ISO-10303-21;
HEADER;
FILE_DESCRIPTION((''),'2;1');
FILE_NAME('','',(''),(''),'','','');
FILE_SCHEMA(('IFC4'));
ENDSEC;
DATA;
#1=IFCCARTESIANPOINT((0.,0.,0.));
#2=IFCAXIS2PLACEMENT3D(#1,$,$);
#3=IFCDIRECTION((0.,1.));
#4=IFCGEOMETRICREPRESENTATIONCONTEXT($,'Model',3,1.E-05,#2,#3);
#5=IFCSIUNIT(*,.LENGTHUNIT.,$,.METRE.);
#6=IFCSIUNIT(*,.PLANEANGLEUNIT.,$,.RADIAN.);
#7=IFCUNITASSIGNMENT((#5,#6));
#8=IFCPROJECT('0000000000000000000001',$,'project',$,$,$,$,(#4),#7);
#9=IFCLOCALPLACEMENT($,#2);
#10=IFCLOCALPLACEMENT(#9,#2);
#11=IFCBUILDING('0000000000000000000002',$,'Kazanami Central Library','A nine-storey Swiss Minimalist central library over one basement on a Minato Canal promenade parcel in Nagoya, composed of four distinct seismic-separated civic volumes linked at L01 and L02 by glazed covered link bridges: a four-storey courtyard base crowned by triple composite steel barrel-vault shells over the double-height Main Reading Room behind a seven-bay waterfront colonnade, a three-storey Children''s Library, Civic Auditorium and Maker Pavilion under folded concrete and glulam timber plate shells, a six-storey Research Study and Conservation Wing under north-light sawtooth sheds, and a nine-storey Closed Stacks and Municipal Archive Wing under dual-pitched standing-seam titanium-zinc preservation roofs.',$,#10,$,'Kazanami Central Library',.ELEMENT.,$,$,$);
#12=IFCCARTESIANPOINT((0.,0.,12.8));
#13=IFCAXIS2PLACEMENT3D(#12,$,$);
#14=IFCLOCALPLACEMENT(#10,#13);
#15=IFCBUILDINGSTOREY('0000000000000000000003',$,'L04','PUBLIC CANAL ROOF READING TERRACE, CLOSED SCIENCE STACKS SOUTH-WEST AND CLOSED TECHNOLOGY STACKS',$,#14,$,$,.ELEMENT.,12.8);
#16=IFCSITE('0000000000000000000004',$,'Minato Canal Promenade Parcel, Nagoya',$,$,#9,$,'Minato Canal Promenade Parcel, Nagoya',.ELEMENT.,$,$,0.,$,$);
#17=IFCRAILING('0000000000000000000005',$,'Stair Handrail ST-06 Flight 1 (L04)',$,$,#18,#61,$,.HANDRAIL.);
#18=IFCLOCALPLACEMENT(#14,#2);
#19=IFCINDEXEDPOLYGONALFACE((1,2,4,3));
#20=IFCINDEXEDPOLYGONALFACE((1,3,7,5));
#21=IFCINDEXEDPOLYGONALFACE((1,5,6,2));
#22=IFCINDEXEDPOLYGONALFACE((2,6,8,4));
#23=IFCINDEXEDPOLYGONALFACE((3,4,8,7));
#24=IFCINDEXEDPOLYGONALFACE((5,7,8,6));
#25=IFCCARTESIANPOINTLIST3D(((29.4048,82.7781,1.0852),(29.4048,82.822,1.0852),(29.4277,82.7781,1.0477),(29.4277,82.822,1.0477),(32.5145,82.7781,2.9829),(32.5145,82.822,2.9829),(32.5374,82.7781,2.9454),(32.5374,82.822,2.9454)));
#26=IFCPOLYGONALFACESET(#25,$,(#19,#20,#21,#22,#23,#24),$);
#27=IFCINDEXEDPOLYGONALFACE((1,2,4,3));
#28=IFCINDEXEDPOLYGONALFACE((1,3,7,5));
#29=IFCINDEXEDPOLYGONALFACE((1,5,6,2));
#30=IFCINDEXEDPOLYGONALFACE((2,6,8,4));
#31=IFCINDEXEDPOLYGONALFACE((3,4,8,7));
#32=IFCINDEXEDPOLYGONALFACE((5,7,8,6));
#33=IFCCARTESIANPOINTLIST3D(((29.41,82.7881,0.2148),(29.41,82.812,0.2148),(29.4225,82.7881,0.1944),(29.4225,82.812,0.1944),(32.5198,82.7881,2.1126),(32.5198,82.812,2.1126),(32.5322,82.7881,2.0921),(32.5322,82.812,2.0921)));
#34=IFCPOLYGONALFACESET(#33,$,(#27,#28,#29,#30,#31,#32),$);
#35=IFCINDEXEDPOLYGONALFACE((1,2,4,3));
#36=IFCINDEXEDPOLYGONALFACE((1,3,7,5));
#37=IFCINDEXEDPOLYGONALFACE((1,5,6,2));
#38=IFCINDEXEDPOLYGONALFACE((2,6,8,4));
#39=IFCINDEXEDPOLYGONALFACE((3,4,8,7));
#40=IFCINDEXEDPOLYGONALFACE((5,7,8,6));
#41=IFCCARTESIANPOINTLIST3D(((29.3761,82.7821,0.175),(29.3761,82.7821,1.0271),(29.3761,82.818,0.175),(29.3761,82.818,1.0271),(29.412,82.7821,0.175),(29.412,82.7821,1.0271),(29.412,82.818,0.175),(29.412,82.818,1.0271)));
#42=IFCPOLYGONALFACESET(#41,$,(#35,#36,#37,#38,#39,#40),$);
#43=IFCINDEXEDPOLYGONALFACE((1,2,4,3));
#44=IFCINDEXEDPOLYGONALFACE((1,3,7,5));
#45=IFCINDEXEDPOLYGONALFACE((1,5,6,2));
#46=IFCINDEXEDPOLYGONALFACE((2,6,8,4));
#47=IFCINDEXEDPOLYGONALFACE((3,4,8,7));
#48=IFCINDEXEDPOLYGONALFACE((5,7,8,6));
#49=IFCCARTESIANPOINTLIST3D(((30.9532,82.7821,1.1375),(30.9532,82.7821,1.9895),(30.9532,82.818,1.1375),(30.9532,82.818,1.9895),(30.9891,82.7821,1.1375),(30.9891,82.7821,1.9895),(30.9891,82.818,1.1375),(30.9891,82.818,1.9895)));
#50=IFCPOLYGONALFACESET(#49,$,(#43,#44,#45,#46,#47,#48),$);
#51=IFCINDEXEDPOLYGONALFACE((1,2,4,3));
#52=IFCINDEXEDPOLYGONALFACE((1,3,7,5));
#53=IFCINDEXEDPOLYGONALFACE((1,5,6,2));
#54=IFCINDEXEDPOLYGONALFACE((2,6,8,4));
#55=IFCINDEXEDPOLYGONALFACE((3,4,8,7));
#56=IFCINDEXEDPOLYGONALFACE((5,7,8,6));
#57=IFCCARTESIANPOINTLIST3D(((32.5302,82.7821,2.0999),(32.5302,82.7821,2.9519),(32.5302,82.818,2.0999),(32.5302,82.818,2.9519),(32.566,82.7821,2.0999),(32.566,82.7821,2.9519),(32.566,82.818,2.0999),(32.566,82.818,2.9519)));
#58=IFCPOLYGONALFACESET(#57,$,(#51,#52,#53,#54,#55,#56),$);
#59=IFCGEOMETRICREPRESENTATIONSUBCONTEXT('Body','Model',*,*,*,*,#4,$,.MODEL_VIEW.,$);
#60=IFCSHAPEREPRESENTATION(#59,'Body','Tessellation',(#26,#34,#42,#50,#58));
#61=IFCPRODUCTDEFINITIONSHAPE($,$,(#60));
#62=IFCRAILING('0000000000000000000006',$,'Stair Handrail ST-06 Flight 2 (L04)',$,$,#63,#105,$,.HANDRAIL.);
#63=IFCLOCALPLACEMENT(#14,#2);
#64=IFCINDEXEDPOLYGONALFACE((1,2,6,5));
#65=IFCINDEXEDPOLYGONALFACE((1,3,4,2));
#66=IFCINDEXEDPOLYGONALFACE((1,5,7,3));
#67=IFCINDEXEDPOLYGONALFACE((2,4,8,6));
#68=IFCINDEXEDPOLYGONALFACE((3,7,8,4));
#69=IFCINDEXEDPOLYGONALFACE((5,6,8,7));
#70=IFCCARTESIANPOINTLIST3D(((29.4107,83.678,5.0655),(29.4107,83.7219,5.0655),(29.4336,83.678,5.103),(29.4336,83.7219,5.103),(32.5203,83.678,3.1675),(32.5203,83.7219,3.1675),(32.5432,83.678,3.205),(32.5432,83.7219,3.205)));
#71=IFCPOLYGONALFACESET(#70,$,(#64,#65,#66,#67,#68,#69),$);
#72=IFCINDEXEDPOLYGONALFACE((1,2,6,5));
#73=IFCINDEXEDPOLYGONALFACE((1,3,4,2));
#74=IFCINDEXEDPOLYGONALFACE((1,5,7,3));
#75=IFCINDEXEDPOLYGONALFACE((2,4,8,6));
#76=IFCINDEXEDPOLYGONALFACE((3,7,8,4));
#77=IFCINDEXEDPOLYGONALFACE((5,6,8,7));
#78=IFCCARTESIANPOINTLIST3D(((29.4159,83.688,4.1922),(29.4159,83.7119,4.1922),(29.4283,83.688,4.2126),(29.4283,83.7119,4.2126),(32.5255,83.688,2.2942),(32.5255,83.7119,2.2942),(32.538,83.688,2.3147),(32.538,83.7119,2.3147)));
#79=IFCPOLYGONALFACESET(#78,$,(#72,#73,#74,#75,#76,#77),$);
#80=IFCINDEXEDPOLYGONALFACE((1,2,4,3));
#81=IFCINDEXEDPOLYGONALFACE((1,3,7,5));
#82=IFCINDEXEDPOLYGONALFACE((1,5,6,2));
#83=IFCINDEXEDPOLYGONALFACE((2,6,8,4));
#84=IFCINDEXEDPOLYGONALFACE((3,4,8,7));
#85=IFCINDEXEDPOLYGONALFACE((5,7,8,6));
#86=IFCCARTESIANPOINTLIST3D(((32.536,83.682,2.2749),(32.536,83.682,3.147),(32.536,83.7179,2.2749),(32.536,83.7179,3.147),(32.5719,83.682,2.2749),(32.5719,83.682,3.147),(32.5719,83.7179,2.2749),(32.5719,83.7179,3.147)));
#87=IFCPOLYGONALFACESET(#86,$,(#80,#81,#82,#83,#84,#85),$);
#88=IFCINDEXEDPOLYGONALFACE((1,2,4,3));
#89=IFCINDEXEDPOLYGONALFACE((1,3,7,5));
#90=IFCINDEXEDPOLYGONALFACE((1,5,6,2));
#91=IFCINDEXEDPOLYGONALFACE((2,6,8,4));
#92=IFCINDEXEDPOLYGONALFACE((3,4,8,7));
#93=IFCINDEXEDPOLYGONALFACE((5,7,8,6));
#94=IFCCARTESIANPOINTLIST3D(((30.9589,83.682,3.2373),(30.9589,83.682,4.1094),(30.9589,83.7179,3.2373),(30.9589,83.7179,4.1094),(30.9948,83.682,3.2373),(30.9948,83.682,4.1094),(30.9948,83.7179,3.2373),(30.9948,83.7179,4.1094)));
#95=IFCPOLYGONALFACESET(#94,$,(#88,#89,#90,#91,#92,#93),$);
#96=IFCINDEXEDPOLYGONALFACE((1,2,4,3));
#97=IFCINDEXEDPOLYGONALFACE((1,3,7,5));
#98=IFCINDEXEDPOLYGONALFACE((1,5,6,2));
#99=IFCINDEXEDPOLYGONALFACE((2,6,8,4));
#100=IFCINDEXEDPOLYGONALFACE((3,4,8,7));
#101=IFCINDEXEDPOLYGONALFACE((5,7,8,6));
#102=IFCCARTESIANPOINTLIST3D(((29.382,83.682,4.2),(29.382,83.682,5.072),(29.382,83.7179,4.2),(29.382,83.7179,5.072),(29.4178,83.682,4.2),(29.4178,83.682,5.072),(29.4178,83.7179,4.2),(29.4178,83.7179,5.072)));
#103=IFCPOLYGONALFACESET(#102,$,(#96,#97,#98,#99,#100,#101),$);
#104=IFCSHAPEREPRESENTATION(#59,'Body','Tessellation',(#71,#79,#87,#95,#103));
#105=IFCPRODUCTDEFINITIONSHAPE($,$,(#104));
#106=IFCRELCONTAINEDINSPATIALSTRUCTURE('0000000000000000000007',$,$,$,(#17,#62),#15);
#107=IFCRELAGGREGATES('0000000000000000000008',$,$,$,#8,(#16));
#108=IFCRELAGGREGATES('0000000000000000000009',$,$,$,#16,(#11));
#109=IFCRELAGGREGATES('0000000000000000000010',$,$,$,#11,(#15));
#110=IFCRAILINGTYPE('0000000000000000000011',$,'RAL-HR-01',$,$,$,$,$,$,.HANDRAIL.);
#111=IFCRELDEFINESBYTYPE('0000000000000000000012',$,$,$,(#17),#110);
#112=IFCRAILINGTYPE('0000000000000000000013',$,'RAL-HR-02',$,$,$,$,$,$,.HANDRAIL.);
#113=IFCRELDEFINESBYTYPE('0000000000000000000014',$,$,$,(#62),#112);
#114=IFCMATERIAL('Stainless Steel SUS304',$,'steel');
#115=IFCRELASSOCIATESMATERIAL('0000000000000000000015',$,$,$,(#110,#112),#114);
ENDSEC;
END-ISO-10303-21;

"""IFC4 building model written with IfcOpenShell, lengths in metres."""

from ifc_helpers import new_model, si_unit, direction, frame, origin, origin_2d, place, context, subcontext, project, spatial, rectangle, extrude, material, type_object, element, save


model = new_model("IFC4")

# Units and contexts
model_context = context("Model", 3, precision=1e-05, world=origin(), true_north=direction((0.0, 1.0)))
body_context = subcontext(model_context, "Body", "Model", "MODEL_VIEW")
ifc_project = project(units=[si_unit("LENGTHUNIT", "METRE"), si_unit("PLANEANGLEUNIT", "RADIAN")], contexts=[model_context])

# Site, building, storey
site_placement = place(None, origin())
site = spatial("IfcSite", under=ifc_project, at=site_placement, Name="Minato Canal Promenade Parcel, Nagoya", LongName="Minato Canal Promenade Parcel, Nagoya", CompositionType="ELEMENT", RefElevation=0.0)
building_placement = place(site_placement, origin())
building = spatial("IfcBuilding", under=site, at=building_placement, Name="Kazanami Central Library", Description="A nine-storey Swiss Minimalist central library over one basement on a Minato Canal promenade parcel in Nagoya, composed of four distinct seismic-separated civic volumes linked at L01 and L02 by glazed covered link bridges: a four-storey courtyard base crowned by triple composite steel barrel-vault shells over the double-height Main Reading Room behind a seven-bay waterfront colonnade, a three-storey Children's Library, Civic Auditorium and Maker Pavilion under folded concrete and glulam timber plate shells, a six-storey Research Study and Conservation Wing under north-light sawtooth sheds, and a nine-storey Closed Stacks and Municipal Archive Wing under dual-pitched standing-seam titanium-zinc preservation roofs.", LongName="Kazanami Central Library", CompositionType="ELEMENT")
storey_placement = place(building_placement, frame((0.0, 0.0, 12.8)))
storey = spatial("IfcBuildingStorey", under=building, at=storey_placement, Name="L04", Description="PUBLIC CANAL ROOF READING TERRACE, CLOSED SCIENCE STACKS SOUTH-WEST AND CLOSED TECHNOLOGY STACKS", CompositionType="ELEMENT", Elevation=12.8)

# Railings
ifc_material_1 = material(Name="Stainless Steel SUS304", Category="steel")
railing_type_1 = type_object("IfcRailingType", Name="RAL-HR-01", PredefinedType="HANDRAIL", material=ifc_material_1)
railing_1_placement = place(storey_placement, frame((29.394, 82.8, 0.175)))
element("IfcRailing", 1, at=railing_1_placement, inside=storey, type_object=railing_type_1, Name="Stair Handrail ST-06 Flight 1 (L04)", PredefinedType="HANDRAIL", context=body_context, shape_type="SweptSolid", body=[
    extrude(rectangle(XDim=0.0439, YDim=0.0439, at=origin_2d()), frame((0.0222, 0.0, 0.8914), z_axis=(0.853603, 0.0, 0.520923), x_axis=(0.0, 1.0, 0.0)), (0.0, 0.0, 1.0), 3.6431),
    extrude(rectangle(XDim=0.0239, YDim=0.0239, at=origin_2d()), frame((0.0222, 0.0, 0.0295), z_axis=(0.853603, 0.0, 0.520923), x_axis=(0.0, 1.0, 0.0)), (0.0, 0.0, 1.0), 3.6431),
    extrude(rectangle(XDim=0.0359, YDim=0.0359, at=origin_2d()), origin(), (0.0, 0.0, 1.0), 0.8521),
    extrude(rectangle(XDim=0.0359, YDim=0.0359, at=origin_2d()), frame((1.5771, 0.0, 0.9624)), (0.0, 0.0, 1.0), 0.8521),
    extrude(rectangle(XDim=0.0359, YDim=0.0359, at=origin_2d()), frame((3.1541, 0.0, 1.9248)), (0.0, 0.0, 1.0), 0.8521),
])
railing_type_2 = type_object("IfcRailingType", Name="RAL-HR-02", PredefinedType="HANDRAIL", material=ifc_material_1)
railing_2_placement = place(storey_placement, frame((32.554, 83.7, 2.2749)))
element("IfcRailing", 2, at=railing_2_placement, inside=storey, type_object=railing_type_2, Name="Stair Handrail ST-06 Flight 2 (L04)", PredefinedType="HANDRAIL", context=body_context, shape_type="SweptSolid", body=[
    extrude(rectangle(XDim=0.0439, YDim=0.0439, at=origin_2d()), frame((-0.0222, 0.0, 0.9114), z_axis=(-0.853574, 0.0, 0.520972), x_axis=(0.0, -1.0, 0.0)), (0.0, 0.0, 1.0), 3.6431),
    extrude(rectangle(XDim=0.0239, YDim=0.0239, at=origin_2d()), frame((-0.0222, 0.0, 0.0295), z_axis=(-0.853574, 0.0, 0.520972), x_axis=(0.0, -1.0, 0.0)), (0.0, 0.0, 1.0), 3.6431),
    extrude(rectangle(XDim=0.0359, YDim=0.0359, at=origin_2d()), origin(), (0.0, 0.0, 1.0), 0.8721),
    extrude(rectangle(XDim=0.0359, YDim=0.0359, at=origin_2d()), frame((-1.5771, 0.0, 0.9624)), (0.0, 0.0, 1.0), 0.8721),
    extrude(rectangle(XDim=0.0359, YDim=0.0359, at=origin_2d()), frame((-3.1541, 0.0, 1.925)), (0.0, 0.0, 1.0), 0.8721),
])

save(model, "model.ifc")
